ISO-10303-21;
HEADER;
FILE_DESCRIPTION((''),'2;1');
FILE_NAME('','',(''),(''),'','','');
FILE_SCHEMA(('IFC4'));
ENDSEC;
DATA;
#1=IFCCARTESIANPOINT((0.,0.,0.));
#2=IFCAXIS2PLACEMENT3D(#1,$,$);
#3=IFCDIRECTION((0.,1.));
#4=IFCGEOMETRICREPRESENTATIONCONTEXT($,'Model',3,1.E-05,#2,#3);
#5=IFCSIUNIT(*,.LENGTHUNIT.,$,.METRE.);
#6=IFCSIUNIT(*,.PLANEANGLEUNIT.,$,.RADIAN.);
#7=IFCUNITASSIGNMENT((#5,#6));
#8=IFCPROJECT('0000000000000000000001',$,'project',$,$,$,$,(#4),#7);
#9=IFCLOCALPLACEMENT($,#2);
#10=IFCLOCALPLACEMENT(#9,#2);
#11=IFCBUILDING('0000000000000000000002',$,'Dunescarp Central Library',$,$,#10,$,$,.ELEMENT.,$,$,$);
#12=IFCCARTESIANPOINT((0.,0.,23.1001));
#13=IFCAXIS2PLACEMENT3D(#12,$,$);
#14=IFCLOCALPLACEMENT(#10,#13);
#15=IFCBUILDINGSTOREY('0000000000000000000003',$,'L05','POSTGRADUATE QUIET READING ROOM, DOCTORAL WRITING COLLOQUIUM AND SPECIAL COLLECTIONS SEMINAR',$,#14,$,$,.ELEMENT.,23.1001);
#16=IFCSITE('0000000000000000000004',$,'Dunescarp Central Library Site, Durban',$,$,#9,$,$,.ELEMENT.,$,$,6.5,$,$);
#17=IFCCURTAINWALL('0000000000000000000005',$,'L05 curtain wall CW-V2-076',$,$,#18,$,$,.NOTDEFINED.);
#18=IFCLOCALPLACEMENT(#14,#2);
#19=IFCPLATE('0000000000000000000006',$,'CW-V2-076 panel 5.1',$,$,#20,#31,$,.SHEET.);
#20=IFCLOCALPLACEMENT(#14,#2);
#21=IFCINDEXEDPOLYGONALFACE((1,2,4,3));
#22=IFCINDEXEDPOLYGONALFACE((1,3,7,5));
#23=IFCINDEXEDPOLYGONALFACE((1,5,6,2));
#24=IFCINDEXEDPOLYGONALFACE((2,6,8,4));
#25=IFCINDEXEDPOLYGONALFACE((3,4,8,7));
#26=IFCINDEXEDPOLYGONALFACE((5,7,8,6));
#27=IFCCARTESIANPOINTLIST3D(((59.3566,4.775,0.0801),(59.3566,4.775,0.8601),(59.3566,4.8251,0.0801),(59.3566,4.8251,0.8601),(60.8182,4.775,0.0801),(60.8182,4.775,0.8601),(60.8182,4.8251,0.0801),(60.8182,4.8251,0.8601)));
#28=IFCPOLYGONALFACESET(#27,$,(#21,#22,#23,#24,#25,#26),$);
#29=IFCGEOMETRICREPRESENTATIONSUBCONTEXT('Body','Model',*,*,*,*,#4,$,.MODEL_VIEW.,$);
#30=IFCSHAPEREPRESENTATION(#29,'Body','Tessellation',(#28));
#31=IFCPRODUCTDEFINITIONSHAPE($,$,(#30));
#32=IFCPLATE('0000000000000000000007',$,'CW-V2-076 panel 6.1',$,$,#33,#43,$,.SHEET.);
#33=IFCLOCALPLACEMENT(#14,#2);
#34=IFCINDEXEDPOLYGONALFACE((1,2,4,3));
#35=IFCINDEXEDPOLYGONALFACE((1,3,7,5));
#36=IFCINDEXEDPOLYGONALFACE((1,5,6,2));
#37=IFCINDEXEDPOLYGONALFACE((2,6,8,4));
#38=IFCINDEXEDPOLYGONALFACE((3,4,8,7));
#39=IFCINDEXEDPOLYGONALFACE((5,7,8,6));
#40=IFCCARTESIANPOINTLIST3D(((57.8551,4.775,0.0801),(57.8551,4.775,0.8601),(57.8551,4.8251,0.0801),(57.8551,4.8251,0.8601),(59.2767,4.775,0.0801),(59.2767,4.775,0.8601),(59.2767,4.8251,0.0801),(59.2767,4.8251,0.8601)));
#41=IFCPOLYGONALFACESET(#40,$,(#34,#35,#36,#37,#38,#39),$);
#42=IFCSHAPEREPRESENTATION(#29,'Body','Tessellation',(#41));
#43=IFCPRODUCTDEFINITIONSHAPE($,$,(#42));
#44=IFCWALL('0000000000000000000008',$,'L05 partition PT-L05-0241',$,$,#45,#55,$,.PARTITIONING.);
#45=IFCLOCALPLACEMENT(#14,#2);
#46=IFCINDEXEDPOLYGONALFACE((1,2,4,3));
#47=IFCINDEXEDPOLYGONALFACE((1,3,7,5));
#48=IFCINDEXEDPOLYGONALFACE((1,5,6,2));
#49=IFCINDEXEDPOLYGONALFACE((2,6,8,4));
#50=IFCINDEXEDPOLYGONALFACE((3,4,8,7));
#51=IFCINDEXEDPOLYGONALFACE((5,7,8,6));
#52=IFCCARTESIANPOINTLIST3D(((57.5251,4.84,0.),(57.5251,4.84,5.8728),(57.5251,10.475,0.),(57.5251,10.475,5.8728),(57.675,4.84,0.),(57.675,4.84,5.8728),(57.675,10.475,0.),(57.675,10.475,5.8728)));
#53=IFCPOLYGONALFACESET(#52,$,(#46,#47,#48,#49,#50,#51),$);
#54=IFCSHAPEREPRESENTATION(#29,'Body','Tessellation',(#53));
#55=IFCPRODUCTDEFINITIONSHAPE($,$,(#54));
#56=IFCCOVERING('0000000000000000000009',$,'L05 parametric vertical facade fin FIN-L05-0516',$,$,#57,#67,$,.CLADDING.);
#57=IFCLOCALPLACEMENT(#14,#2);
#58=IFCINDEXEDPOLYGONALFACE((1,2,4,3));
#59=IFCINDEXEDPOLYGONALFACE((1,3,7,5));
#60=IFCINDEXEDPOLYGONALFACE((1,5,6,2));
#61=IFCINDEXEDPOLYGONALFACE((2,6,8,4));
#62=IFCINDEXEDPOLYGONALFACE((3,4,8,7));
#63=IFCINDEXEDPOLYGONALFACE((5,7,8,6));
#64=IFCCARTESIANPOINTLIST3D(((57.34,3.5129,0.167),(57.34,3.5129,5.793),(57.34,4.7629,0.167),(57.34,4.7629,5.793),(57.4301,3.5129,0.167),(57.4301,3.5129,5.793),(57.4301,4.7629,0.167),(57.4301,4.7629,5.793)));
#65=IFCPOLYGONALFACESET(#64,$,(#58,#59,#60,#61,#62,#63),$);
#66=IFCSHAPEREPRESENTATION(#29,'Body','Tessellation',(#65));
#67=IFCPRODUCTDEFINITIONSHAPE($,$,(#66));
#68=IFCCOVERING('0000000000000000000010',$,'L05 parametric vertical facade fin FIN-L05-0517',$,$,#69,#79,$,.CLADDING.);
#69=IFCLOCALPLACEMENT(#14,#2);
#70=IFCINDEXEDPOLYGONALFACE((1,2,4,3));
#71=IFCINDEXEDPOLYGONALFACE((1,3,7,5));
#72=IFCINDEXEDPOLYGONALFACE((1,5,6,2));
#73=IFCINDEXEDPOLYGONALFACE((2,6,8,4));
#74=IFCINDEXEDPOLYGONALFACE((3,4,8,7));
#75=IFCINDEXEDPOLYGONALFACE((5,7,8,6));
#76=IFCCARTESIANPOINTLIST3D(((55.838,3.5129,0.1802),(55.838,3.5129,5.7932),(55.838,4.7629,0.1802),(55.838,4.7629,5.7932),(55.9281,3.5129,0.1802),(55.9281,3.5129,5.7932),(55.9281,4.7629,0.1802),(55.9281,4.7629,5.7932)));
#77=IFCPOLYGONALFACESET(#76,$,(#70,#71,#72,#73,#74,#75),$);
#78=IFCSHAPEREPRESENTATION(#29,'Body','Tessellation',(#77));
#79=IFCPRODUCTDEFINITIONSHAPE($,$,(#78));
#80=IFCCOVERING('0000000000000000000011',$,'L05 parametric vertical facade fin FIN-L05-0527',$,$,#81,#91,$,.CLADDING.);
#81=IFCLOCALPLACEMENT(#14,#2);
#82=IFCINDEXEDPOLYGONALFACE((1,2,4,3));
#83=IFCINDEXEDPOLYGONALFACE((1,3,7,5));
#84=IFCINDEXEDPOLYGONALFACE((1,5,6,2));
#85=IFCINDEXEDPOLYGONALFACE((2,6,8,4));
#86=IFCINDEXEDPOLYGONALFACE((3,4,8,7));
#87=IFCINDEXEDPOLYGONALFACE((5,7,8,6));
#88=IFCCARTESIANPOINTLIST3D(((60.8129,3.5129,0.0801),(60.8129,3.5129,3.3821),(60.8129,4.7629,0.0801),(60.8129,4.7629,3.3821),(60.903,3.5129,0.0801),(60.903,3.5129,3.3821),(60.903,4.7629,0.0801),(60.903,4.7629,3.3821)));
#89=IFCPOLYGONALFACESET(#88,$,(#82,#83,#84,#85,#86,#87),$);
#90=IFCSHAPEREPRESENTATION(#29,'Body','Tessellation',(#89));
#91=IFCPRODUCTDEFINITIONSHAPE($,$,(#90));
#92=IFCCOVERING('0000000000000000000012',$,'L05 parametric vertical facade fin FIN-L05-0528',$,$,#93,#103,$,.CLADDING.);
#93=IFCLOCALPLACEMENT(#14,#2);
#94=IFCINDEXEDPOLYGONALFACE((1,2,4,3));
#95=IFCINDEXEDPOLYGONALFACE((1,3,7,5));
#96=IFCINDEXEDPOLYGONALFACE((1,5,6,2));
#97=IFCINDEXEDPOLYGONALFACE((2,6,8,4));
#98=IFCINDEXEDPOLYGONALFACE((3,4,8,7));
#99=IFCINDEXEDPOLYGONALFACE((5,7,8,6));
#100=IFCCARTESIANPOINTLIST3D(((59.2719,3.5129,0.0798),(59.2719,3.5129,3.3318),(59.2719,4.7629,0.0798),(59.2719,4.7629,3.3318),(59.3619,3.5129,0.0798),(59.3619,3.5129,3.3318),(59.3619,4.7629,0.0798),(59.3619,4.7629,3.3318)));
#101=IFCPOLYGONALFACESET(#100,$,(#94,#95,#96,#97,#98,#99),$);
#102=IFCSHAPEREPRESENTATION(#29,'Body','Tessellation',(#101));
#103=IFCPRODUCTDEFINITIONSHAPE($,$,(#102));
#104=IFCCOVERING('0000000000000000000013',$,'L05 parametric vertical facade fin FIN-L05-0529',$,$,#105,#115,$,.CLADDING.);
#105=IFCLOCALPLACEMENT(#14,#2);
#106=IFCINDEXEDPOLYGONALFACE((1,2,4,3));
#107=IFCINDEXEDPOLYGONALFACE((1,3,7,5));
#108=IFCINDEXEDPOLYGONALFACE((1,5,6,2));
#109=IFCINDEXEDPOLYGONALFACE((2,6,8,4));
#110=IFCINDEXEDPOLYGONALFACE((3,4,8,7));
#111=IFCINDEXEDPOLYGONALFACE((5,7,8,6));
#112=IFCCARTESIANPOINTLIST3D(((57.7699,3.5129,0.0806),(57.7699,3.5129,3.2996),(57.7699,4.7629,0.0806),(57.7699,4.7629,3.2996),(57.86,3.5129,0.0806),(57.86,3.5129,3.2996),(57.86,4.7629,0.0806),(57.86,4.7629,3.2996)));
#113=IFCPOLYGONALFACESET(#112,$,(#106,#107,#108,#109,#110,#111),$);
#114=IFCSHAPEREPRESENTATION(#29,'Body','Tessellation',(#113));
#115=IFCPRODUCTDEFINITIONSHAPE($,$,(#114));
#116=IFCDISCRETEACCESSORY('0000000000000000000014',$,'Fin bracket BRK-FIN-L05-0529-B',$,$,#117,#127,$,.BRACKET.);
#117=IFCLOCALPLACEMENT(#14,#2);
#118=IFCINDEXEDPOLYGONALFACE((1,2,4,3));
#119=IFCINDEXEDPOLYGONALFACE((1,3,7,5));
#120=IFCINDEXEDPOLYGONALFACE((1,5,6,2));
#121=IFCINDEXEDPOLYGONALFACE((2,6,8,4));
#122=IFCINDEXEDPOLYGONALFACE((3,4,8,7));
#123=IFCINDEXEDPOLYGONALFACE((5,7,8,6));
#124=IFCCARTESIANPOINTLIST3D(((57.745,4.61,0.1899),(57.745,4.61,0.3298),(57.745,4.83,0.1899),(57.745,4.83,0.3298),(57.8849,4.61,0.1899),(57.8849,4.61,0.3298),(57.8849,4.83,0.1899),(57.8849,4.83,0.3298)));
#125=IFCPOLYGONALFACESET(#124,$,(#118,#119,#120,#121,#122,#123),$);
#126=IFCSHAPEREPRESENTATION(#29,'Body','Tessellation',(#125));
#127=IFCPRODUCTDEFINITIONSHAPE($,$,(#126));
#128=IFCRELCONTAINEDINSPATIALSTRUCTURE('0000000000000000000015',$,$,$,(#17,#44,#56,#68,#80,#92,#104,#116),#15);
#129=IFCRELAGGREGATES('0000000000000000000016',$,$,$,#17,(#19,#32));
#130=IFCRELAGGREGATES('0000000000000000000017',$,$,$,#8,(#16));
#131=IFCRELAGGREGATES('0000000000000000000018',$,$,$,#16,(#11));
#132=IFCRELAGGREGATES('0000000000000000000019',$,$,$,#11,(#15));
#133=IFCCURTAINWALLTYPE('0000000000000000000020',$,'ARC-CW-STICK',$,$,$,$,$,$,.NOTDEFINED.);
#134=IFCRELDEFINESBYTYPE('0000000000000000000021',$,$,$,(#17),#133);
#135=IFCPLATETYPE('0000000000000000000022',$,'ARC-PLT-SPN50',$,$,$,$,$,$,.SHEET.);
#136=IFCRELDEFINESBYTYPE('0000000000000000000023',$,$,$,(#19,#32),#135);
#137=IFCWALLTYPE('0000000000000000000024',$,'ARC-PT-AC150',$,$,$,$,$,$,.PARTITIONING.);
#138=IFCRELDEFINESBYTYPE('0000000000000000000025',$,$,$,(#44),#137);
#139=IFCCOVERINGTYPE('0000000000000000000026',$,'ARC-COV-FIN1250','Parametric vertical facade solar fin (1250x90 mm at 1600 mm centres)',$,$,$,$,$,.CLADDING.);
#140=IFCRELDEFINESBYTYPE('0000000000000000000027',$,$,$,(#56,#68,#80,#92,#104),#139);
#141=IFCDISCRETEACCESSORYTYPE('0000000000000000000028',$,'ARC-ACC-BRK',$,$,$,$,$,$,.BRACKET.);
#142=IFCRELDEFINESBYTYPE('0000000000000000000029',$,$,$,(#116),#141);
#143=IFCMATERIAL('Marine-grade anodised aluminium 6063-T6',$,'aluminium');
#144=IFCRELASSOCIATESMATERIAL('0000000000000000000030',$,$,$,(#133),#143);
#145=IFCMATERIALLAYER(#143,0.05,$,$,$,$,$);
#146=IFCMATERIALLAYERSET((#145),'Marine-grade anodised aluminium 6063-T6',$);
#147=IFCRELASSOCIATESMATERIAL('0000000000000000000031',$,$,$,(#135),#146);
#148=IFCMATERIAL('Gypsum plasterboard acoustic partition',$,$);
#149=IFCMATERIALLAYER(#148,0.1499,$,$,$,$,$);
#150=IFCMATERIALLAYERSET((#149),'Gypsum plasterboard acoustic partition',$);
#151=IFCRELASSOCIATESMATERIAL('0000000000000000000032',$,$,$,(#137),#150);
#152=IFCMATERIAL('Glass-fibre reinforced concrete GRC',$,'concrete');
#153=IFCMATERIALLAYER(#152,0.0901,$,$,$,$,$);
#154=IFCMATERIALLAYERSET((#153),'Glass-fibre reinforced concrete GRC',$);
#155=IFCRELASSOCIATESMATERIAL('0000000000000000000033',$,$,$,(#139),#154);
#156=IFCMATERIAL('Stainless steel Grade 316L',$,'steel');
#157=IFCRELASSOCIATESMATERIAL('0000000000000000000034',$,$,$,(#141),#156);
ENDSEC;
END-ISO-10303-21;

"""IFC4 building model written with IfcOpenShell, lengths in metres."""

from ifc_helpers import new_model, si_unit, direction, frame, frame_2d, origin, origin_2d, place, context, subcontext, project, spatial, rectangle, extrude, material, layer, layer_set, type_object, element, aggregate, save


model = new_model("IFC4")

# Units and contexts
model_context = context("Model", 3, precision=1e-05, world=origin(), true_north=direction((0.0, 1.0)))
body_context = subcontext(model_context, "Body", "Model", "MODEL_VIEW")
ifc_project = project(units=[si_unit("LENGTHUNIT", "METRE"), si_unit("PLANEANGLEUNIT", "RADIAN")], contexts=[model_context])

# Site, building, storey
site_placement = place(None, origin())
site = spatial("IfcSite", under=ifc_project, at=site_placement, Name="Dunescarp Central Library Site, Durban", CompositionType="ELEMENT", RefElevation=6.5)
building_placement = place(site_placement, origin())
building = spatial("IfcBuilding", under=site, at=building_placement, Name="Dunescarp Central Library", CompositionType="ELEMENT")
storey_placement = place(building_placement, frame((0.0, 0.0, 23.1001)))
storey = spatial("IfcBuildingStorey", under=building, at=storey_placement, Name="L05", Description="POSTGRADUATE QUIET READING ROOM, DOCTORAL WRITING COLLOQUIUM AND SPECIAL COLLECTIONS SEMINAR", CompositionType="ELEMENT", Elevation=23.1001)

# Curtain wall
ifc_material_1 = material(Name="Marine-grade anodised aluminium 6063-T6", Category="aluminium")
curtain_wall_type = type_object("IfcCurtainWallType", Name="ARC-CW-STICK", PredefinedType="NOTDEFINED", material=ifc_material_1)
curtain_wall_1_placement = place(storey_placement, origin())
curtain_wall_1 = element("IfcCurtainWall", 1, at=curtain_wall_1_placement, inside=storey, type_object=curtain_wall_type, Name="L05 curtain wall CW-V2-076", PredefinedType="NOTDEFINED")

# Plates
ifc_layer_1 = layer(ifc_material_1, 0.05)
ifc_layer_set_1 = layer_set([ifc_layer_1], Name="Marine-grade anodised aluminium 6063-T6")
plate_type = type_object("IfcPlateType", Name="ARC-PLT-SPN50", PredefinedType="SHEET", material=ifc_layer_set_1)
plate_1_placement = place(storey_placement, frame((60.0874, 4.8, 0.0801), z_axis=(0.0, 0.0, 1.0), x_axis=(-1.0, 0.0, 0.0)))
plate_1 = element("IfcPlate", 2, at=plate_1_placement, type_object=plate_type, Name="CW-V2-076 panel 5.1", PredefinedType="SHEET", context=body_context, shape_type="SweptSolid", body=[
    extrude(rectangle(XDim=1.4617, YDim=0.05, at=origin_2d()), origin(), (0.0, 0.0, 1.0), 0.78),
])
plate_2_placement = place(storey_placement, frame((58.5659, 4.8, 0.0801), z_axis=(0.0, 0.0, 1.0), x_axis=(-1.0, 0.0, 0.0)))
plate_2 = element("IfcPlate", 3, at=plate_2_placement, type_object=plate_type, Name="CW-V2-076 panel 6.1", PredefinedType="SHEET", context=body_context, shape_type="SweptSolid", body=[
    extrude(rectangle(XDim=1.4216, YDim=0.05, at=origin_2d()), origin(), (0.0, 0.0, 1.0), 0.78),
])
aggregate(curtain_wall_1, [plate_1, plate_2])

# Wall
ifc_material_2 = material(Name="Gypsum plasterboard acoustic partition")
ifc_layer_2 = layer(ifc_material_2, 0.1499)
ifc_layer_set_2 = layer_set([ifc_layer_2], Name="Gypsum plasterboard acoustic partition")
wall_type = type_object("IfcWallType", Name="ARC-PT-AC150", PredefinedType="PARTITIONING", material=ifc_layer_set_2)
wall_placement = place(storey_placement, frame((57.6001, 4.8401, 0.0), z_axis=(0.0, 0.0, 1.0), x_axis=(0.0, 1.0, 0.0)))
element("IfcWall", 4, at=wall_placement, inside=storey, type_object=wall_type, Name="L05 partition PT-L05-0241", PredefinedType="PARTITIONING", context=body_context, shape_type="SweptSolid", body=[
    extrude(rectangle(XDim=5.635, YDim=0.1499, at=frame_2d((2.8174, 0.0))), origin(), (0.0, 0.0, 1.0), 5.8728),
])

# Coverings
ifc_material_3 = material(Name="Glass-fibre reinforced concrete GRC", Category="concrete")
ifc_layer_3 = layer(ifc_material_3, 0.0901)
ifc_layer_set_3 = layer_set([ifc_layer_3], Name="Glass-fibre reinforced concrete GRC")
covering_type = type_object("IfcCoveringType", Name="ARC-COV-FIN1250", Description="Parametric vertical facade solar fin (1250x90 mm at 1600 mm centres)", PredefinedType="CLADDING", material=ifc_layer_set_3)
covering_1_placement = place(storey_placement, frame((57.385, 4.1379, 0.167), z_axis=(0.0, 0.0, 1.0), x_axis=(0.0, -1.0, 0.0)))
element("IfcCovering", 5, at=covering_1_placement, inside=storey, type_object=covering_type, Name="L05 parametric vertical facade fin FIN-L05-0516", PredefinedType="CLADDING", context=body_context, shape_type="SweptSolid", body=[
    extrude(rectangle(XDim=1.25, YDim=0.0901, at=origin_2d()), origin(), (0.0, 0.0, 1.0), 5.626),
])
covering_2_placement = place(storey_placement, frame((55.8831, 4.1379, 0.1802), z_axis=(0.0, 0.0, 1.0), x_axis=(0.0, -1.0, 0.0)))
element("IfcCovering", 6, at=covering_2_placement, inside=storey, type_object=covering_type, Name="L05 parametric vertical facade fin FIN-L05-0517", PredefinedType="CLADDING", context=body_context, shape_type="SweptSolid", body=[
    extrude(rectangle(XDim=1.25, YDim=0.0901, at=origin_2d()), origin(), (0.0, 0.0, 1.0), 5.613),
])
covering_3_placement = place(storey_placement, frame((60.8579, 4.1379, 0.0801), z_axis=(0.0, 0.0, 1.0), x_axis=(0.0, -1.0, 0.0)))
element("IfcCovering", 7, at=covering_3_placement, inside=storey, type_object=covering_type, Name="L05 parametric vertical facade fin FIN-L05-0527", PredefinedType="CLADDING", context=body_context, shape_type="SweptSolid", body=[
    extrude(rectangle(XDim=1.25, YDim=0.0901, at=origin_2d()), origin(), (0.0, 0.0, 1.0), 3.302),
])
covering_4_placement = place(storey_placement, frame((59.3169, 4.1379, 0.0798), z_axis=(0.0, 0.0, 1.0), x_axis=(0.0, -1.0, 0.0)))
element("IfcCovering", 8, at=covering_4_placement, inside=storey, type_object=covering_type, Name="L05 parametric vertical facade fin FIN-L05-0528", PredefinedType="CLADDING", context=body_context, shape_type="SweptSolid", body=[
    extrude(rectangle(XDim=1.25, YDim=0.0901, at=origin_2d()), origin(), (0.0, 0.0, 1.0), 3.252),
])
covering_5_placement = place(storey_placement, frame((57.8149, 4.1379, 0.0806), z_axis=(0.0, 0.0, 1.0), x_axis=(0.0, -1.0, 0.0)))
element("IfcCovering", 9, at=covering_5_placement, inside=storey, type_object=covering_type, Name="L05 parametric vertical facade fin FIN-L05-0529", PredefinedType="CLADDING", context=body_context, shape_type="SweptSolid", body=[
    extrude(rectangle(XDim=1.25, YDim=0.0901, at=origin_2d()), origin(), (0.0, 0.0, 1.0), 3.219),
])

# Discrete accessory
ifc_material_4 = material(Name="Stainless steel Grade 316L", Category="steel")
discrete_accessory_type = type_object("IfcDiscreteAccessoryType", Name="ARC-ACC-BRK", PredefinedType="BRACKET", material=ifc_material_4)
discrete_accessory_placement = place(storey_placement, frame((57.8149, 4.72, 0.1899), z_axis=(0.0, 0.0, 1.0), x_axis=(0.0, -1.0, 0.0)))
element("IfcDiscreteAccessory", 10, at=discrete_accessory_placement, inside=storey, type_object=discrete_accessory_type, Name="Fin bracket BRK-FIN-L05-0529-B", PredefinedType="BRACKET", context=body_context, shape_type="SweptSolid", body=[
    extrude(rectangle(XDim=0.22, YDim=0.1399, at=origin_2d()), origin(), (0.0, 0.0, 1.0), 0.1399),
])

save(model, "model.ifc")
